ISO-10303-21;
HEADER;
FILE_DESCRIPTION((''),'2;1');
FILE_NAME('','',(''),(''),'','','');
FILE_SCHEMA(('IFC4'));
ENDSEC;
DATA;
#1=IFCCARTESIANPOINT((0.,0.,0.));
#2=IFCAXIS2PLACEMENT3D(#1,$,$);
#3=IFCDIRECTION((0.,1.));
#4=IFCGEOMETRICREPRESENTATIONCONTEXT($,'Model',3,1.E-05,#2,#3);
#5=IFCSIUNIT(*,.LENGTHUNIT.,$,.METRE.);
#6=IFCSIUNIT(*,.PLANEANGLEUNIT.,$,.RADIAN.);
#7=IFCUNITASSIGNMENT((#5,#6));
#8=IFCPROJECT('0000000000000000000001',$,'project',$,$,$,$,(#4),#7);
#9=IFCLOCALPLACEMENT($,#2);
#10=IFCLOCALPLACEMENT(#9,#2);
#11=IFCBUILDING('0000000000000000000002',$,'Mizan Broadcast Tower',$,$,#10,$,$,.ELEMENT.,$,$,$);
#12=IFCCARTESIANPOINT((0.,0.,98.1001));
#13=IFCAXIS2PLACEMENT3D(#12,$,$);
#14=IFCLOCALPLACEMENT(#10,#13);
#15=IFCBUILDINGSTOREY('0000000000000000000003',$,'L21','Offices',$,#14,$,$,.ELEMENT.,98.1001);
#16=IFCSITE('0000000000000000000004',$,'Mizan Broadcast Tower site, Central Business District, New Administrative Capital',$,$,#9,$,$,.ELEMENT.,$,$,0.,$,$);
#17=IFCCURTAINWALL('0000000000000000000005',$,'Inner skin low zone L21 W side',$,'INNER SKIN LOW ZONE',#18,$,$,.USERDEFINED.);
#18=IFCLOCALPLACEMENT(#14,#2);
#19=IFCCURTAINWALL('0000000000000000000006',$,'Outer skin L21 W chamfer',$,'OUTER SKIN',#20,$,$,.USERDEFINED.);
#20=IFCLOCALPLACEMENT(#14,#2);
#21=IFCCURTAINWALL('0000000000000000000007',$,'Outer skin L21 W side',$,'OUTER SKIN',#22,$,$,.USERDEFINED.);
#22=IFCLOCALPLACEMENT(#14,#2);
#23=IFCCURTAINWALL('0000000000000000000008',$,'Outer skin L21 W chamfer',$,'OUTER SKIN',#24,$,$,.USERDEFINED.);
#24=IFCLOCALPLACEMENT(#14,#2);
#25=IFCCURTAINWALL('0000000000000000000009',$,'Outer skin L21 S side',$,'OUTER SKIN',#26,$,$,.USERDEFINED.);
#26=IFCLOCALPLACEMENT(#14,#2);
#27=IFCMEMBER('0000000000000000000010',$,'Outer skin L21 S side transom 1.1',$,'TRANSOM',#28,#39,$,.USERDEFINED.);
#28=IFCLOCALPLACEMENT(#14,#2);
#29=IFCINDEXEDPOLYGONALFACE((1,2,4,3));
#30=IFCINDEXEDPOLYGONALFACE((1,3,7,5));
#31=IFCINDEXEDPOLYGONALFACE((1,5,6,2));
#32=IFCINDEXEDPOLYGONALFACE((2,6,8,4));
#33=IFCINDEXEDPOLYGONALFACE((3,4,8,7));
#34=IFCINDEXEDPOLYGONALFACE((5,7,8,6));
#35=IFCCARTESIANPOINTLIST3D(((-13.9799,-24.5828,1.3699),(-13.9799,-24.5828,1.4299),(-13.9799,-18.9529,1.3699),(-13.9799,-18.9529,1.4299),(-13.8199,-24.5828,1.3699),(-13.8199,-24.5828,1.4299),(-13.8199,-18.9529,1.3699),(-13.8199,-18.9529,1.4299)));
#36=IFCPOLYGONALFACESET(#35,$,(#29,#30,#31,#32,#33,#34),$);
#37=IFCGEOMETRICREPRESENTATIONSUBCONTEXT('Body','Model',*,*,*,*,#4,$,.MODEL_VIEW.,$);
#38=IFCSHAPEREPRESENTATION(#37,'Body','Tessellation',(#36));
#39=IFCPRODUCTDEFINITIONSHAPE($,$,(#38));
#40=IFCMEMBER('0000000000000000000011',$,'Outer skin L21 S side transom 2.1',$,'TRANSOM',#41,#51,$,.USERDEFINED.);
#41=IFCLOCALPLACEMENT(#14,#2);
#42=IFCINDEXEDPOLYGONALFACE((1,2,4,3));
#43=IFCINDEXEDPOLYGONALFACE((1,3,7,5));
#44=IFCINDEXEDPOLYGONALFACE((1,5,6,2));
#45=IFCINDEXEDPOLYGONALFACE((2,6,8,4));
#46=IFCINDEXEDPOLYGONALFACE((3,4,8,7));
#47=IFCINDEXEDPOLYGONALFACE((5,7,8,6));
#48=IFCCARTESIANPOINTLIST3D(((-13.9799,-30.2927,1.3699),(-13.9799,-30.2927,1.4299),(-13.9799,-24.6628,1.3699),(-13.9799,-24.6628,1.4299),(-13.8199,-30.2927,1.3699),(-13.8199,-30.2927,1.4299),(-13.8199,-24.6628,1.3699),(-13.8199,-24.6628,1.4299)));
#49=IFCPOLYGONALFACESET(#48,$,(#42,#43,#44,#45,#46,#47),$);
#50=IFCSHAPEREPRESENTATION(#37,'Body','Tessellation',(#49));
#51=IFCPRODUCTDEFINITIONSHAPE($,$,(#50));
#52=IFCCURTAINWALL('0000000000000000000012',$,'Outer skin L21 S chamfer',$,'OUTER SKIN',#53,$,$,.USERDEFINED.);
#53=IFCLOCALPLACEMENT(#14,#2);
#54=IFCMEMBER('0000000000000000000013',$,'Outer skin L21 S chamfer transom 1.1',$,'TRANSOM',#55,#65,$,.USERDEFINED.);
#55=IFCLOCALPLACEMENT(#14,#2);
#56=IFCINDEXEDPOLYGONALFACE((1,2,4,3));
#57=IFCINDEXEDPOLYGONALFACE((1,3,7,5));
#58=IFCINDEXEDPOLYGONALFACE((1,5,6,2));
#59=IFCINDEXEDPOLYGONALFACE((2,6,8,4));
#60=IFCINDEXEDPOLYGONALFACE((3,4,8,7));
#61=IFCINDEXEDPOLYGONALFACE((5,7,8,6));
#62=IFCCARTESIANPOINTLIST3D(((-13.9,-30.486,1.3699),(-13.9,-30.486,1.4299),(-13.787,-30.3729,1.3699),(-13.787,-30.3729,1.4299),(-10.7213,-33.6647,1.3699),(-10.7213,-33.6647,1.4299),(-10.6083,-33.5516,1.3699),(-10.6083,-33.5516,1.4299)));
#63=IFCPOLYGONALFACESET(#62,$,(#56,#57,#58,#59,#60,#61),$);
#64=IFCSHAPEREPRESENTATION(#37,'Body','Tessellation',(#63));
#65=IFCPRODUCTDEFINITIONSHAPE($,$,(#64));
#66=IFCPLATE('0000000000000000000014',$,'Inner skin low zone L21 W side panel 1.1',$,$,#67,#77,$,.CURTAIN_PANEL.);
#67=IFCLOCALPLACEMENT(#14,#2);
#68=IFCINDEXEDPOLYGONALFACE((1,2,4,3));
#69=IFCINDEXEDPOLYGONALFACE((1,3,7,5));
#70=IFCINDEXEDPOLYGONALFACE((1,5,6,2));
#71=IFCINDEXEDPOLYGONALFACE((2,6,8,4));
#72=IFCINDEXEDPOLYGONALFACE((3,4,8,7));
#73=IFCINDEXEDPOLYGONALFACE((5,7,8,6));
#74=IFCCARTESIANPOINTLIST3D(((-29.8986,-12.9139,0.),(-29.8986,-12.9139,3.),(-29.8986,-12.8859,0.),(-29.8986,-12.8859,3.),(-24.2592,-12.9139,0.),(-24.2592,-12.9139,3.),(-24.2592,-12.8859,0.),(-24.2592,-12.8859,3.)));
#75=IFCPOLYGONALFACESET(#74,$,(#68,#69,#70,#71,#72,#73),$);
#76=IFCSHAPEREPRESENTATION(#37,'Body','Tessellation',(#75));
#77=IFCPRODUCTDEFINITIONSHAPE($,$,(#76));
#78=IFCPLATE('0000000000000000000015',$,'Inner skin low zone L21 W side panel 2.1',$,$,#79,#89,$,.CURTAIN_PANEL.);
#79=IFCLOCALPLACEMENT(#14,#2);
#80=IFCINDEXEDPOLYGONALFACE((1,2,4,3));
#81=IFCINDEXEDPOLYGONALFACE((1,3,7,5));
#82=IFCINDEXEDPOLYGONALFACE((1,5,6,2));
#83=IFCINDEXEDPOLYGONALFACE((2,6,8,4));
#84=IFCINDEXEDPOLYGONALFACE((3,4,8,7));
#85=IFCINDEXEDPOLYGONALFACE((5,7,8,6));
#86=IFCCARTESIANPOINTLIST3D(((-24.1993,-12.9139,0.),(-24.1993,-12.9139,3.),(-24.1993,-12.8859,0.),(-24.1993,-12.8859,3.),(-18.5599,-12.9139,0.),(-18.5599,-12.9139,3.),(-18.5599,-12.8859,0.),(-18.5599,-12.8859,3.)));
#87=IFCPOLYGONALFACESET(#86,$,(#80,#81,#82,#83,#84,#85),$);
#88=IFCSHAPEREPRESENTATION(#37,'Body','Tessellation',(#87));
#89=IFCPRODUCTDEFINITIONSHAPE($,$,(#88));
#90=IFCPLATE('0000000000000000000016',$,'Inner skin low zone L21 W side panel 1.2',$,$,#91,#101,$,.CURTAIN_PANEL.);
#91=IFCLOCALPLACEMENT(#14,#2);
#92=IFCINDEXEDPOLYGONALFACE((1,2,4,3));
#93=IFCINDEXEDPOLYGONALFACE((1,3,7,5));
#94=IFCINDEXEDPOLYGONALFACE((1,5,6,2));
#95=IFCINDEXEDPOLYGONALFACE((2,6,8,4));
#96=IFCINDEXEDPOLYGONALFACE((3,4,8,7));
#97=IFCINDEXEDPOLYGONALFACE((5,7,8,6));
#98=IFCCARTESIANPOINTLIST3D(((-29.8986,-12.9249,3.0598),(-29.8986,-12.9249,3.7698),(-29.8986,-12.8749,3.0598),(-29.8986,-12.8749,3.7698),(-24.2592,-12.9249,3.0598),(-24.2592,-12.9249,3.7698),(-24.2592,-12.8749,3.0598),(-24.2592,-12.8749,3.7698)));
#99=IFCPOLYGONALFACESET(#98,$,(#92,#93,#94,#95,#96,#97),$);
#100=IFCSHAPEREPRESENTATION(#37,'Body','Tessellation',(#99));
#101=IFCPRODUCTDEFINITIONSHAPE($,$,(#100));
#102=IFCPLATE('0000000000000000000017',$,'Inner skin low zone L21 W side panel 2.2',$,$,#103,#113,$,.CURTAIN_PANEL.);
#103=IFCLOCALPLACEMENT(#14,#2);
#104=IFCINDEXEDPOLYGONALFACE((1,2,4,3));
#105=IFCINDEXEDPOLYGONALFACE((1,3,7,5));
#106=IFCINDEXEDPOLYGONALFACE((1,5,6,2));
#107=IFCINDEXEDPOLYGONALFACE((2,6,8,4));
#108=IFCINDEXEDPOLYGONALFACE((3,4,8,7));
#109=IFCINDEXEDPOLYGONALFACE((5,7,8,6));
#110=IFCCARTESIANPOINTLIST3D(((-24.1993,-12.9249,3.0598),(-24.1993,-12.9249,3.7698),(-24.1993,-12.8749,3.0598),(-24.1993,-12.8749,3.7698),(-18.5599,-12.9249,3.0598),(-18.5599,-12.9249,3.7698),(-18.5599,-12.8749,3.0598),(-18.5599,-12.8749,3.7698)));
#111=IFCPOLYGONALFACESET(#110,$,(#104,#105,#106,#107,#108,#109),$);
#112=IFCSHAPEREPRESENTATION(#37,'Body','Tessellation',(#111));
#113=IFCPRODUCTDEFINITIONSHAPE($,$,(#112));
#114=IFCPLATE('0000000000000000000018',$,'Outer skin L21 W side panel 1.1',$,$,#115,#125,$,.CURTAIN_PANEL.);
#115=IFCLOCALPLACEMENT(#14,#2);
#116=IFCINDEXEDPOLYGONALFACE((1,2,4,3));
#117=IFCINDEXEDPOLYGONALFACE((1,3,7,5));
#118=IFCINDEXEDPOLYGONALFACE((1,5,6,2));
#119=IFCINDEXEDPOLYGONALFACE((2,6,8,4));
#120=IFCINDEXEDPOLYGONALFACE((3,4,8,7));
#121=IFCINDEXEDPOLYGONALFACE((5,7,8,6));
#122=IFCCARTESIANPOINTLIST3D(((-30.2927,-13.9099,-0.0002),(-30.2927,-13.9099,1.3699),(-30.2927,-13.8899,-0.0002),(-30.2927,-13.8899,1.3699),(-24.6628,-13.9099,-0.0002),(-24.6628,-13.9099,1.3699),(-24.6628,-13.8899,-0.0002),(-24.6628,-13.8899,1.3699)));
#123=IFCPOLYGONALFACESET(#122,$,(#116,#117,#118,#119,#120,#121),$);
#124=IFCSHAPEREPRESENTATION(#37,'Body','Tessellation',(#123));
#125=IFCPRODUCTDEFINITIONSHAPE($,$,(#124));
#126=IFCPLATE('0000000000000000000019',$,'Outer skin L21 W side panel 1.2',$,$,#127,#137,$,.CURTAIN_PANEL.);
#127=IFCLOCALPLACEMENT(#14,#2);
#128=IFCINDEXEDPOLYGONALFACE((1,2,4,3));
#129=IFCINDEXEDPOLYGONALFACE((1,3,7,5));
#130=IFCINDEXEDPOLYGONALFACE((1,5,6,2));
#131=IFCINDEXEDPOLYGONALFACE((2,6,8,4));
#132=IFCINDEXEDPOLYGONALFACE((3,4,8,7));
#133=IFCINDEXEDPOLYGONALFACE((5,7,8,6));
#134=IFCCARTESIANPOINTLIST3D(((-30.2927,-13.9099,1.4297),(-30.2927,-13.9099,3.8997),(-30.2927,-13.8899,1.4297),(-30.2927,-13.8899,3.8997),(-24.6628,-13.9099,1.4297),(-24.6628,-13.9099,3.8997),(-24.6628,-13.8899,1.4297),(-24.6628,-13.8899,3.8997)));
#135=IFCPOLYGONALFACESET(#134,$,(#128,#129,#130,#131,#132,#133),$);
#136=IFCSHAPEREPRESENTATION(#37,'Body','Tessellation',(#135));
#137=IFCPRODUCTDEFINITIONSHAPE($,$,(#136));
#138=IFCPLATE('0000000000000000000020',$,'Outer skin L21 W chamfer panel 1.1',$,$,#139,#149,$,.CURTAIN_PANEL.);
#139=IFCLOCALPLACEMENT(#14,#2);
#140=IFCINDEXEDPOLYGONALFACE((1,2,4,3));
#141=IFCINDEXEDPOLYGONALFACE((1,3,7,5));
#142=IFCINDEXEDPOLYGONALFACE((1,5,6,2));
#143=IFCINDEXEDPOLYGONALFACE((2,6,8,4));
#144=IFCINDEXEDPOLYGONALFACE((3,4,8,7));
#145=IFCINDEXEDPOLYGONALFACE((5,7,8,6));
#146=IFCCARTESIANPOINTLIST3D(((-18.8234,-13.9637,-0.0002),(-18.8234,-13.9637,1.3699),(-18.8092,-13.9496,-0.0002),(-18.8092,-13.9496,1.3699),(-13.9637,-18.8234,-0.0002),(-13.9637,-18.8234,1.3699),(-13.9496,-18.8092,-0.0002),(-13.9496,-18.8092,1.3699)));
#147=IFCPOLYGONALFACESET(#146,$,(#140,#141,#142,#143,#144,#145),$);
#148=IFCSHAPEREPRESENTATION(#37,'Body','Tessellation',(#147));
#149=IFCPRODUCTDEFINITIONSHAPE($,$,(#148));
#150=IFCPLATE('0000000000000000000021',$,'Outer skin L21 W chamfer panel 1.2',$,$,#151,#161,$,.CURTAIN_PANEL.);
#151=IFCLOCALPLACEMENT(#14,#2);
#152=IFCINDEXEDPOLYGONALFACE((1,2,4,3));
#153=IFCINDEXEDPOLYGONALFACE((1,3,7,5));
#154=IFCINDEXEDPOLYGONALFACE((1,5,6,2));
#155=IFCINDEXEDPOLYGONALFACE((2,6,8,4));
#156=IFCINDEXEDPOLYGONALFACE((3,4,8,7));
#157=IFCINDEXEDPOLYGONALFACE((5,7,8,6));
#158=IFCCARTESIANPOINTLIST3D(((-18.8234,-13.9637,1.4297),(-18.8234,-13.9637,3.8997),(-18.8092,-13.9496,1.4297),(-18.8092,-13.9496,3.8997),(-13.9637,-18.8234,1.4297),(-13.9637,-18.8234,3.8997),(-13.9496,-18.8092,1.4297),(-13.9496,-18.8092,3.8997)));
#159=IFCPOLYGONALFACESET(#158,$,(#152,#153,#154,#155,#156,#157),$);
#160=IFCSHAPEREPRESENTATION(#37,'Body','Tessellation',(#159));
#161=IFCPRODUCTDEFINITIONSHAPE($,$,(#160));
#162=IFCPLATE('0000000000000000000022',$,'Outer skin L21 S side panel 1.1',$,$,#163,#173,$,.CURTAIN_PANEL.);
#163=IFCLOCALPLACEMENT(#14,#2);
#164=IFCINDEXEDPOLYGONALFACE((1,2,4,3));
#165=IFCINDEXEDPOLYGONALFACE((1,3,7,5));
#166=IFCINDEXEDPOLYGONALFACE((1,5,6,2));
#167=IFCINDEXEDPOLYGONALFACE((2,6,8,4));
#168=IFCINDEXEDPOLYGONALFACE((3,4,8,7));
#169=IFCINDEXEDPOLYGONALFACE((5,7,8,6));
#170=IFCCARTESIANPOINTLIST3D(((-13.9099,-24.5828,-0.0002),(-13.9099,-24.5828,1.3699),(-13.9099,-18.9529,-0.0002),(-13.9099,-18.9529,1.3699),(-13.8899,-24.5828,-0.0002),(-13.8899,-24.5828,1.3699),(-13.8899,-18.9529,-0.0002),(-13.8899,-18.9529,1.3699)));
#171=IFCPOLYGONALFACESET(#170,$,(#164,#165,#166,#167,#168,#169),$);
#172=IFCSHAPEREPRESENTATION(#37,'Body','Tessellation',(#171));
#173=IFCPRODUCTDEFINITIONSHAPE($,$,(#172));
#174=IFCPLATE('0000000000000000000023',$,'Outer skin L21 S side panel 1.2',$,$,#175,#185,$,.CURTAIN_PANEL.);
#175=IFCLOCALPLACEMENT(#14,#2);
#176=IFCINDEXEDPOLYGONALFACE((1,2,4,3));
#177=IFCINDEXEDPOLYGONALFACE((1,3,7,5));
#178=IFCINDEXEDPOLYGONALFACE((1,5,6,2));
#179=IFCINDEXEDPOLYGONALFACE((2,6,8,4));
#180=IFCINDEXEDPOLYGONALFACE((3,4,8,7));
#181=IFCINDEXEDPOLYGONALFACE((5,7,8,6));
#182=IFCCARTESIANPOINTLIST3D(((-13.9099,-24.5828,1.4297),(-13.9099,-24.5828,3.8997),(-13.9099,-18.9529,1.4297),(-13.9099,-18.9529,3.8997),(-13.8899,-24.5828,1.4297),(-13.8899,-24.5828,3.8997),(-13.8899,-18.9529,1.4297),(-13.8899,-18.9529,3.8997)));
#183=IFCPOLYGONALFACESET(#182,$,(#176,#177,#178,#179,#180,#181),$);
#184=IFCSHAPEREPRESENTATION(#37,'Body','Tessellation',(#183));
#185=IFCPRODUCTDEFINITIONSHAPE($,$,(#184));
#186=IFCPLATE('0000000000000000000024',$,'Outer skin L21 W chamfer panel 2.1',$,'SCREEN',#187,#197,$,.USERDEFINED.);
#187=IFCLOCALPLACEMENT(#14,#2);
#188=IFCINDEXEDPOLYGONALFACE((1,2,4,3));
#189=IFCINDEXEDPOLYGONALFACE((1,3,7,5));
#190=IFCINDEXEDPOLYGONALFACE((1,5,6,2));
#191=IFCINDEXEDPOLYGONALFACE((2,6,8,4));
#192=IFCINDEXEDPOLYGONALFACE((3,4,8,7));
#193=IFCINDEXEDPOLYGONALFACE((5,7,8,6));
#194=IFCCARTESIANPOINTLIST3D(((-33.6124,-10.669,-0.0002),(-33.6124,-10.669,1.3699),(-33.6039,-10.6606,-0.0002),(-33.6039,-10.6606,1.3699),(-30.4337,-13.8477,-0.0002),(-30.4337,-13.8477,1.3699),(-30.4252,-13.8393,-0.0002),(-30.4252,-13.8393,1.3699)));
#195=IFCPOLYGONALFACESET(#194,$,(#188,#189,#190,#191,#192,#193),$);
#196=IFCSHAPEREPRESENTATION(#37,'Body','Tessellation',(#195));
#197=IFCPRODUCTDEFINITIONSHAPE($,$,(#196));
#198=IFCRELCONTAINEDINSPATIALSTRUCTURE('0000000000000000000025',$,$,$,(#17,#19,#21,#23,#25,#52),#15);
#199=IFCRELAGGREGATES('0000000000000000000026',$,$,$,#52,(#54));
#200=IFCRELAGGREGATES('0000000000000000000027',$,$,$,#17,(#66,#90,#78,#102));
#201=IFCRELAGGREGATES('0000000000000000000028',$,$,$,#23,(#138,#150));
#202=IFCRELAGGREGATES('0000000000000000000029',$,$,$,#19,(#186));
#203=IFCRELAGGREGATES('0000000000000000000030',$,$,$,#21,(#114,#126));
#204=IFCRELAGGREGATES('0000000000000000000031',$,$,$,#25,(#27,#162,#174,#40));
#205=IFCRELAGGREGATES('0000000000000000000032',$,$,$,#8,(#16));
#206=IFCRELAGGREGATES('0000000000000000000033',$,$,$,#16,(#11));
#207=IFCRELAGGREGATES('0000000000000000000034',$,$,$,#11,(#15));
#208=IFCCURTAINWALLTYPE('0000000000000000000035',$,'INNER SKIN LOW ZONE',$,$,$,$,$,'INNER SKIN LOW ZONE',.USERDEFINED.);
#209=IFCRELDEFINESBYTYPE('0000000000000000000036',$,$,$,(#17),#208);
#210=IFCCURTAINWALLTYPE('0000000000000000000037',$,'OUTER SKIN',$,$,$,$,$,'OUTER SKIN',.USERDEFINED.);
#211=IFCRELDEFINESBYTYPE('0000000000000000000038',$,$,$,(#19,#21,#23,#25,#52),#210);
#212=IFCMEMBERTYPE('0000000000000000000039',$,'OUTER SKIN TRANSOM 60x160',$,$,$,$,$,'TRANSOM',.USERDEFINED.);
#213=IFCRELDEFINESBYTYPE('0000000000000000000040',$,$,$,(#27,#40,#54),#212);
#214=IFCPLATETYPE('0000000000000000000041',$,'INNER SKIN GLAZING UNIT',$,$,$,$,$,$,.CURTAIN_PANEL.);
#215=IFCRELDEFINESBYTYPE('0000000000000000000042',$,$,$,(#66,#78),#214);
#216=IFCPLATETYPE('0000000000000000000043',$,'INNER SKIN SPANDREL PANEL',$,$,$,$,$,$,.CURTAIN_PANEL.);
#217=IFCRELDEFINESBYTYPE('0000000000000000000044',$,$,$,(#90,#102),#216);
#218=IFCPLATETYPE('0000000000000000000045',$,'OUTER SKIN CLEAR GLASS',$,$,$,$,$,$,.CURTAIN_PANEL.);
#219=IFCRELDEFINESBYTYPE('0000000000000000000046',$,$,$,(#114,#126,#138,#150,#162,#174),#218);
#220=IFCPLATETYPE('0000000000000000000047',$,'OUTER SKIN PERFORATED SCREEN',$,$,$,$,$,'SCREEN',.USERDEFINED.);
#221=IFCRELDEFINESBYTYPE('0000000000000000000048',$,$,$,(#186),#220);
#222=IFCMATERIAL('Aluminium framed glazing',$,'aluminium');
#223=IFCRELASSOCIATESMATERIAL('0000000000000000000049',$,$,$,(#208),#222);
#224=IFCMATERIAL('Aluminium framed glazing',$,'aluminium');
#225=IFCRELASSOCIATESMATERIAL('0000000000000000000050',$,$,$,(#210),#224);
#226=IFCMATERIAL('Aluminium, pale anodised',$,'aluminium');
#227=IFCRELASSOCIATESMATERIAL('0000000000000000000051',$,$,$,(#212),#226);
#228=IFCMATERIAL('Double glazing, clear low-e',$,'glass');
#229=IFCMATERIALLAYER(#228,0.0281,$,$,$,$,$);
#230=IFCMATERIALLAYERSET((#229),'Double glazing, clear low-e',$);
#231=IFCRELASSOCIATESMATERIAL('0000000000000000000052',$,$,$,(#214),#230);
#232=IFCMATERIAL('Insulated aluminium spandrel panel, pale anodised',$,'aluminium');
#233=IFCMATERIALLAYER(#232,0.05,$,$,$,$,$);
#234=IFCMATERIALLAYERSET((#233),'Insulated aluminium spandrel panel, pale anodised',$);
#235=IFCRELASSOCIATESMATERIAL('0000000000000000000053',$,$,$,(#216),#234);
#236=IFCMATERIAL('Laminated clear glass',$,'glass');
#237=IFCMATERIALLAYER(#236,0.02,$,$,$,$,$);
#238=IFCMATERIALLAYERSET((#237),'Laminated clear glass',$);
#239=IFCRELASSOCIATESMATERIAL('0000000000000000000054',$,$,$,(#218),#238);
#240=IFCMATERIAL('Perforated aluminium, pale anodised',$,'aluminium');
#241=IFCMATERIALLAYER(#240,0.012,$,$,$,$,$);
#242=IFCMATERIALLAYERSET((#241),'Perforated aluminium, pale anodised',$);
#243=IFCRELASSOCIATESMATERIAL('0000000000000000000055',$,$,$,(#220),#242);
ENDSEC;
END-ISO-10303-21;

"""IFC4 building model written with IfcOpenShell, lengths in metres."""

from ifc_helpers import new_model, si_unit, direction, frame, origin, origin_2d, place, context, subcontext, project, spatial, rectangle, extrude, material, layer, layer_set, material_profile, profile_set, type_object, element, aggregate, save


model = new_model("IFC4")

# Units and contexts
model_context = context("Model", 3, precision=1e-05, world=origin(), true_north=direction((0.0, 1.0)))
body_context = subcontext(model_context, "Body", "Model", "MODEL_VIEW")
ifc_project = project(units=[si_unit("LENGTHUNIT", "METRE"), si_unit("PLANEANGLEUNIT", "RADIAN")], contexts=[model_context])

# Site, building, storey
site_placement = place(None, origin())
site = spatial("IfcSite", under=ifc_project, at=site_placement, Name="Mizan Broadcast Tower site, Central Business District, New Administrative Capital", CompositionType="ELEMENT", RefElevation=0.0)
building_placement = place(site_placement, origin())
building = spatial("IfcBuilding", under=site, at=building_placement, Name="Mizan Broadcast Tower", CompositionType="ELEMENT")
storey_placement = place(building_placement, frame((0.0, 0.0, 98.1001)))
storey = spatial("IfcBuildingStorey", under=building, at=storey_placement, Name="L21", Description="Offices", CompositionType="ELEMENT", Elevation=98.1001)

# Shared definitions
ifc_material_1 = material(Name="Aluminium framed glazing", Category="aluminium")
curtain_wall_type_1 = type_object("IfcCurtainWallType", Name="INNER SKIN LOW ZONE", ElementType="INNER SKIN LOW ZONE", PredefinedType="USERDEFINED", material=ifc_material_1)

# Curtain wall
curtain_wall_1_placement = place(storey_placement, origin())
curtain_wall_1 = element("IfcCurtainWall", 1, at=curtain_wall_1_placement, inside=storey, type_object=curtain_wall_type_1, Name="Inner skin low zone L21 W side", ObjectType="INNER SKIN LOW ZONE", PredefinedType="USERDEFINED")

# Curtain wall
ifc_material_2 = material(Name="Aluminium framed glazing", Category="aluminium")
curtain_wall_type_2 = type_object("IfcCurtainWallType", Name="OUTER SKIN", ElementType="OUTER SKIN", PredefinedType="USERDEFINED", material=ifc_material_2)
curtain_wall_2_placement = place(storey_placement, origin())
curtain_wall_2 = element("IfcCurtainWall", 2, at=curtain_wall_2_placement, inside=storey, type_object=curtain_wall_type_2, Name="Outer skin L21 W chamfer", ObjectType="OUTER SKIN", PredefinedType="USERDEFINED")

# Curtain wall
curtain_wall_3_placement = place(storey_placement, origin())
curtain_wall_3 = element("IfcCurtainWall", 3, at=curtain_wall_3_placement, inside=storey, type_object=curtain_wall_type_2, Name="Outer skin L21 W side", ObjectType="OUTER SKIN", PredefinedType="USERDEFINED")

# Curtain wall
curtain_wall_4_placement = place(storey_placement, origin())
curtain_wall_4 = element("IfcCurtainWall", 4, at=curtain_wall_4_placement, inside=storey, type_object=curtain_wall_type_2, Name="Outer skin L21 W chamfer", ObjectType="OUTER SKIN", PredefinedType="USERDEFINED")

# Curtain wall
curtain_wall_5_placement = place(storey_placement, origin())
curtain_wall_5 = element("IfcCurtainWall", 5, at=curtain_wall_5_placement, inside=storey, type_object=curtain_wall_type_2, Name="Outer skin L21 S side", ObjectType="OUTER SKIN", PredefinedType="USERDEFINED")

# Members
ifc_material_3 = material(Name="Aluminium, pale anodised", Category="aluminium")
ifc_material_profile_1 = material_profile(ifc_material_3, rectangle(XDim=0.1599, YDim=0.0601, at=origin_2d()), Name="TRANSOM 160x60")
ifc_profile_set_1 = profile_set([ifc_material_profile_1], Name="Aluminium, pale anodised")
member_type_1 = type_object("IfcMemberType", Name="OUTER SKIN TRANSOM 60x160", ElementType="TRANSOM", PredefinedType="USERDEFINED", material=ifc_profile_set_1)
member_1_placement = place(storey_placement, frame((-13.8999, -18.9529, 1.3999), z_axis=(0.0, -1.0, 0.0), x_axis=(1.0, 0.0, 0.0)))
member_1 = element("IfcMember", 6, at=member_1_placement, type_object=member_type_1, Name="Outer skin L21 S side transom 1.1", ObjectType="TRANSOM", PredefinedType="USERDEFINED", context=body_context, shape_type="SweptSolid", body=[
    extrude(rectangle(XDim=0.1599, YDim=0.0601, at=origin_2d()), origin(), (0.0, 0.0, 1.0), 5.6299),
])
member_2_placement = place(storey_placement, frame((-13.8999, -24.6628, 1.3999), z_axis=(0.0, -1.0, 0.0), x_axis=(1.0, 0.0, 0.0)))
member_2 = element("IfcMember", 7, at=member_2_placement, type_object=member_type_1, Name="Outer skin L21 S side transom 2.1", ObjectType="TRANSOM", PredefinedType="USERDEFINED", context=body_context, shape_type="SweptSolid", body=[
    extrude(rectangle(XDim=0.1599, YDim=0.0601, at=origin_2d()), origin(), (0.0, 0.0, 1.0), 5.6299),
])

# Curtain wall, member
curtain_wall_6_placement = place(storey_placement, origin())
curtain_wall_6 = element("IfcCurtainWall", 8, at=curtain_wall_6_placement, inside=storey, type_object=curtain_wall_type_2, Name="Outer skin L21 S chamfer", ObjectType="OUTER SKIN", PredefinedType="USERDEFINED")
member_3_placement = place(storey_placement, frame((-13.8435, -30.4294, 1.3999), z_axis=(0.707107, -0.707107, 0.0), x_axis=(0.707107, 0.707107, 0.0)))
member_3 = element("IfcMember", 9, at=member_3_placement, type_object=member_type_1, Name="Outer skin L21 S chamfer transom 1.1", ObjectType="TRANSOM", PredefinedType="USERDEFINED", context=body_context, shape_type="SweptSolid", body=[
    extrude(rectangle(XDim=0.1599, YDim=0.0601, at=origin_2d()), origin(), (0.0, 0.0, 1.0), 4.4954),
])
aggregate(curtain_wall_6, [member_3])

# Plates
ifc_material_4 = material(Name="Double glazing, clear low-e", Category="glass")
ifc_layer_1 = layer(ifc_material_4, 0.0281)
ifc_layer_set_1 = layer_set([ifc_layer_1], Name="Double glazing, clear low-e")
plate_type_1 = type_object("IfcPlateType", Name="INNER SKIN GLAZING UNIT", PredefinedType="CURTAIN_PANEL", material=ifc_layer_set_1)
plate_1_placement = place(storey_placement, frame((-27.0789, -12.8999, 0.0), z_axis=(0.0, 0.0, 1.0), x_axis=(1.0, 0.0, 0.0)))
plate_1 = element("IfcPlate", 10, at=plate_1_placement, type_object=plate_type_1, Name="Inner skin low zone L21 W side panel 1.1", PredefinedType="CURTAIN_PANEL", context=body_context, shape_type="SweptSolid", body=[
    extrude(rectangle(XDim=5.6394, YDim=0.0281, at=origin_2d()), origin(), (0.0, 0.0, 1.0), 3.0),
])
plate_2_placement = place(storey_placement, frame((-21.3796, -12.8999, 0.0), z_axis=(0.0, 0.0, 1.0), x_axis=(1.0, 0.0, 0.0)))
plate_2 = element("IfcPlate", 11, at=plate_2_placement, type_object=plate_type_1, Name="Inner skin low zone L21 W side panel 2.1", PredefinedType="CURTAIN_PANEL", context=body_context, shape_type="SweptSolid", body=[
    extrude(rectangle(XDim=5.6394, YDim=0.0281, at=origin_2d()), origin(), (0.0, 0.0, 1.0), 3.0),
])
ifc_material_5 = material(Name="Insulated aluminium spandrel panel, pale anodised", Category="aluminium")
ifc_layer_2 = layer(ifc_material_5, 0.05)
ifc_layer_set_2 = layer_set([ifc_layer_2], Name="Insulated aluminium spandrel panel, pale anodised")
plate_type_2 = type_object("IfcPlateType", Name="INNER SKIN SPANDREL PANEL", PredefinedType="CURTAIN_PANEL", material=ifc_layer_set_2)
plate_3_placement = place(storey_placement, frame((-27.0789, -12.8999, 3.0598), z_axis=(0.0, 0.0, 1.0), x_axis=(1.0, 0.0, 0.0)))
plate_3 = element("IfcPlate", 12, at=plate_3_placement, type_object=plate_type_2, Name="Inner skin low zone L21 W side panel 1.2", PredefinedType="CURTAIN_PANEL", context=body_context, shape_type="SweptSolid", body=[
    extrude(rectangle(XDim=5.6394, YDim=0.05, at=origin_2d()), origin(), (0.0, 0.0, 1.0), 0.71),
])
plate_4_placement = place(storey_placement, frame((-21.3796, -12.8999, 3.0598), z_axis=(0.0, 0.0, 1.0), x_axis=(1.0, 0.0, 0.0)))
plate_4 = element("IfcPlate", 13, at=plate_4_placement, type_object=plate_type_2, Name="Inner skin low zone L21 W side panel 2.2", PredefinedType="CURTAIN_PANEL", context=body_context, shape_type="SweptSolid", body=[
    extrude(rectangle(XDim=5.6394, YDim=0.05, at=origin_2d()), origin(), (0.0, 0.0, 1.0), 0.71),
])
aggregate(curtain_wall_1, [plate_1, plate_3, plate_2, plate_4])
ifc_material_6 = material(Name="Laminated clear glass", Category="glass")
ifc_layer_3 = layer(ifc_material_6, 0.02)
ifc_layer_set_3 = layer_set([ifc_layer_3], Name="Laminated clear glass")
plate_type_3 = type_object("IfcPlateType", Name="OUTER SKIN CLEAR GLASS", PredefinedType="CURTAIN_PANEL", material=ifc_layer_set_3)
plate_5_placement = place(storey_placement, frame((-27.4778, -13.8999, -0.0002), z_axis=(0.0, 0.0, 1.0), x_axis=(1.0, 0.0, 0.0)))
plate_5 = element("IfcPlate", 14, at=plate_5_placement, type_object=plate_type_3, Name="Outer skin L21 W side panel 1.1", PredefinedType="CURTAIN_PANEL", context=body_context, shape_type="SweptSolid", body=[
    extrude(rectangle(XDim=5.6299, YDim=0.02, at=origin_2d()), origin(), (0.0, 0.0, 1.0), 1.3701),
])
plate_6_placement = place(storey_placement, frame((-27.4778, -13.8999, 1.4297), z_axis=(0.0, 0.0, 1.0), x_axis=(1.0, 0.0, 0.0)))
plate_6 = element("IfcPlate", 15, at=plate_6_placement, type_object=plate_type_3, Name="Outer skin L21 W side panel 1.2", PredefinedType="CURTAIN_PANEL", context=body_context, shape_type="SweptSolid", body=[
    extrude(rectangle(XDim=5.6299, YDim=0.02, at=origin_2d()), origin(), (0.0, 0.0, 1.0), 2.47),
])
plate_7_placement = place(storey_placement, frame((-16.3865, -16.3865, -0.0002), z_axis=(0.0, 0.0, 1.0), x_axis=(0.707107, -0.707107, 0.0)))
plate_7 = element("IfcPlate", 16, at=plate_7_placement, type_object=plate_type_3, Name="Outer skin L21 W chamfer panel 1.1", PredefinedType="CURTAIN_PANEL", context=body_context, shape_type="SweptSolid", body=[
    extrude(rectangle(XDim=6.8726, YDim=0.02, at=origin_2d()), origin(), (0.0, 0.0, 1.0), 1.3701),
])
plate_8_placement = place(storey_placement, frame((-16.3865, -16.3865, 1.4297), z_axis=(0.0, 0.0, 1.0), x_axis=(0.707107, -0.707107, 0.0)))
plate_8 = element("IfcPlate", 17, at=plate_8_placement, type_object=plate_type_3, Name="Outer skin L21 W chamfer panel 1.2", PredefinedType="CURTAIN_PANEL", context=body_context, shape_type="SweptSolid", body=[
    extrude(rectangle(XDim=6.8726, YDim=0.02, at=origin_2d()), origin(), (0.0, 0.0, 1.0), 2.47),
])
aggregate(curtain_wall_4, [plate_7, plate_8])
plate_9_placement = place(storey_placement, frame((-13.8999, -21.7678, -0.0002), z_axis=(0.0, 0.0, 1.0), x_axis=(0.0, -1.0, 0.0)))
plate_9 = element("IfcPlate", 18, at=plate_9_placement, type_object=plate_type_3, Name="Outer skin L21 S side panel 1.1", PredefinedType="CURTAIN_PANEL", context=body_context, shape_type="SweptSolid", body=[
    extrude(rectangle(XDim=5.6299, YDim=0.02, at=origin_2d()), origin(), (0.0, 0.0, 1.0), 1.3701),
])
plate_10_placement = place(storey_placement, frame((-13.8999, -21.7678, 1.4297), z_axis=(0.0, 0.0, 1.0), x_axis=(0.0, -1.0, 0.0)))
plate_10 = element("IfcPlate", 19, at=plate_10_placement, type_object=plate_type_3, Name="Outer skin L21 S side panel 1.2", PredefinedType="CURTAIN_PANEL", context=body_context, shape_type="SweptSolid", body=[
    extrude(rectangle(XDim=5.6299, YDim=0.02, at=origin_2d()), origin(), (0.0, 0.0, 1.0), 2.47),
])
ifc_material_7 = material(Name="Perforated aluminium, pale anodised", Category="aluminium")
ifc_layer_4 = layer(ifc_material_7, 0.012)
ifc_layer_set_4 = layer_set([ifc_layer_4], Name="Perforated aluminium, pale anodised")
plate_type_4 = type_object("IfcPlateType", Name="OUTER SKIN PERFORATED SCREEN", ElementType="SCREEN", PredefinedType="USERDEFINED", material=ifc_layer_set_4)
plate_11_placement = place(storey_placement, frame((-32.0188, -12.2542, -0.0002), z_axis=(0.0, 0.0, 1.0), x_axis=(0.707107, -0.707107, 0.0)))
plate_11 = element("IfcPlate", 20, at=plate_11_placement, type_object=plate_type_4, Name="Outer skin L21 W chamfer panel 2.1", ObjectType="SCREEN", PredefinedType="USERDEFINED", context=body_context, shape_type="SweptSolid", body=[
    extrude(rectangle(XDim=4.4954, YDim=0.012, at=origin_2d()), origin(), (0.0, 0.0, 1.0), 1.3701),
])
aggregate(curtain_wall_2, [plate_11])
aggregate(curtain_wall_3, [plate_5, plate_6])
aggregate(curtain_wall_5, [member_1, plate_9, plate_10, member_2])

save(model, "model.ifc")
